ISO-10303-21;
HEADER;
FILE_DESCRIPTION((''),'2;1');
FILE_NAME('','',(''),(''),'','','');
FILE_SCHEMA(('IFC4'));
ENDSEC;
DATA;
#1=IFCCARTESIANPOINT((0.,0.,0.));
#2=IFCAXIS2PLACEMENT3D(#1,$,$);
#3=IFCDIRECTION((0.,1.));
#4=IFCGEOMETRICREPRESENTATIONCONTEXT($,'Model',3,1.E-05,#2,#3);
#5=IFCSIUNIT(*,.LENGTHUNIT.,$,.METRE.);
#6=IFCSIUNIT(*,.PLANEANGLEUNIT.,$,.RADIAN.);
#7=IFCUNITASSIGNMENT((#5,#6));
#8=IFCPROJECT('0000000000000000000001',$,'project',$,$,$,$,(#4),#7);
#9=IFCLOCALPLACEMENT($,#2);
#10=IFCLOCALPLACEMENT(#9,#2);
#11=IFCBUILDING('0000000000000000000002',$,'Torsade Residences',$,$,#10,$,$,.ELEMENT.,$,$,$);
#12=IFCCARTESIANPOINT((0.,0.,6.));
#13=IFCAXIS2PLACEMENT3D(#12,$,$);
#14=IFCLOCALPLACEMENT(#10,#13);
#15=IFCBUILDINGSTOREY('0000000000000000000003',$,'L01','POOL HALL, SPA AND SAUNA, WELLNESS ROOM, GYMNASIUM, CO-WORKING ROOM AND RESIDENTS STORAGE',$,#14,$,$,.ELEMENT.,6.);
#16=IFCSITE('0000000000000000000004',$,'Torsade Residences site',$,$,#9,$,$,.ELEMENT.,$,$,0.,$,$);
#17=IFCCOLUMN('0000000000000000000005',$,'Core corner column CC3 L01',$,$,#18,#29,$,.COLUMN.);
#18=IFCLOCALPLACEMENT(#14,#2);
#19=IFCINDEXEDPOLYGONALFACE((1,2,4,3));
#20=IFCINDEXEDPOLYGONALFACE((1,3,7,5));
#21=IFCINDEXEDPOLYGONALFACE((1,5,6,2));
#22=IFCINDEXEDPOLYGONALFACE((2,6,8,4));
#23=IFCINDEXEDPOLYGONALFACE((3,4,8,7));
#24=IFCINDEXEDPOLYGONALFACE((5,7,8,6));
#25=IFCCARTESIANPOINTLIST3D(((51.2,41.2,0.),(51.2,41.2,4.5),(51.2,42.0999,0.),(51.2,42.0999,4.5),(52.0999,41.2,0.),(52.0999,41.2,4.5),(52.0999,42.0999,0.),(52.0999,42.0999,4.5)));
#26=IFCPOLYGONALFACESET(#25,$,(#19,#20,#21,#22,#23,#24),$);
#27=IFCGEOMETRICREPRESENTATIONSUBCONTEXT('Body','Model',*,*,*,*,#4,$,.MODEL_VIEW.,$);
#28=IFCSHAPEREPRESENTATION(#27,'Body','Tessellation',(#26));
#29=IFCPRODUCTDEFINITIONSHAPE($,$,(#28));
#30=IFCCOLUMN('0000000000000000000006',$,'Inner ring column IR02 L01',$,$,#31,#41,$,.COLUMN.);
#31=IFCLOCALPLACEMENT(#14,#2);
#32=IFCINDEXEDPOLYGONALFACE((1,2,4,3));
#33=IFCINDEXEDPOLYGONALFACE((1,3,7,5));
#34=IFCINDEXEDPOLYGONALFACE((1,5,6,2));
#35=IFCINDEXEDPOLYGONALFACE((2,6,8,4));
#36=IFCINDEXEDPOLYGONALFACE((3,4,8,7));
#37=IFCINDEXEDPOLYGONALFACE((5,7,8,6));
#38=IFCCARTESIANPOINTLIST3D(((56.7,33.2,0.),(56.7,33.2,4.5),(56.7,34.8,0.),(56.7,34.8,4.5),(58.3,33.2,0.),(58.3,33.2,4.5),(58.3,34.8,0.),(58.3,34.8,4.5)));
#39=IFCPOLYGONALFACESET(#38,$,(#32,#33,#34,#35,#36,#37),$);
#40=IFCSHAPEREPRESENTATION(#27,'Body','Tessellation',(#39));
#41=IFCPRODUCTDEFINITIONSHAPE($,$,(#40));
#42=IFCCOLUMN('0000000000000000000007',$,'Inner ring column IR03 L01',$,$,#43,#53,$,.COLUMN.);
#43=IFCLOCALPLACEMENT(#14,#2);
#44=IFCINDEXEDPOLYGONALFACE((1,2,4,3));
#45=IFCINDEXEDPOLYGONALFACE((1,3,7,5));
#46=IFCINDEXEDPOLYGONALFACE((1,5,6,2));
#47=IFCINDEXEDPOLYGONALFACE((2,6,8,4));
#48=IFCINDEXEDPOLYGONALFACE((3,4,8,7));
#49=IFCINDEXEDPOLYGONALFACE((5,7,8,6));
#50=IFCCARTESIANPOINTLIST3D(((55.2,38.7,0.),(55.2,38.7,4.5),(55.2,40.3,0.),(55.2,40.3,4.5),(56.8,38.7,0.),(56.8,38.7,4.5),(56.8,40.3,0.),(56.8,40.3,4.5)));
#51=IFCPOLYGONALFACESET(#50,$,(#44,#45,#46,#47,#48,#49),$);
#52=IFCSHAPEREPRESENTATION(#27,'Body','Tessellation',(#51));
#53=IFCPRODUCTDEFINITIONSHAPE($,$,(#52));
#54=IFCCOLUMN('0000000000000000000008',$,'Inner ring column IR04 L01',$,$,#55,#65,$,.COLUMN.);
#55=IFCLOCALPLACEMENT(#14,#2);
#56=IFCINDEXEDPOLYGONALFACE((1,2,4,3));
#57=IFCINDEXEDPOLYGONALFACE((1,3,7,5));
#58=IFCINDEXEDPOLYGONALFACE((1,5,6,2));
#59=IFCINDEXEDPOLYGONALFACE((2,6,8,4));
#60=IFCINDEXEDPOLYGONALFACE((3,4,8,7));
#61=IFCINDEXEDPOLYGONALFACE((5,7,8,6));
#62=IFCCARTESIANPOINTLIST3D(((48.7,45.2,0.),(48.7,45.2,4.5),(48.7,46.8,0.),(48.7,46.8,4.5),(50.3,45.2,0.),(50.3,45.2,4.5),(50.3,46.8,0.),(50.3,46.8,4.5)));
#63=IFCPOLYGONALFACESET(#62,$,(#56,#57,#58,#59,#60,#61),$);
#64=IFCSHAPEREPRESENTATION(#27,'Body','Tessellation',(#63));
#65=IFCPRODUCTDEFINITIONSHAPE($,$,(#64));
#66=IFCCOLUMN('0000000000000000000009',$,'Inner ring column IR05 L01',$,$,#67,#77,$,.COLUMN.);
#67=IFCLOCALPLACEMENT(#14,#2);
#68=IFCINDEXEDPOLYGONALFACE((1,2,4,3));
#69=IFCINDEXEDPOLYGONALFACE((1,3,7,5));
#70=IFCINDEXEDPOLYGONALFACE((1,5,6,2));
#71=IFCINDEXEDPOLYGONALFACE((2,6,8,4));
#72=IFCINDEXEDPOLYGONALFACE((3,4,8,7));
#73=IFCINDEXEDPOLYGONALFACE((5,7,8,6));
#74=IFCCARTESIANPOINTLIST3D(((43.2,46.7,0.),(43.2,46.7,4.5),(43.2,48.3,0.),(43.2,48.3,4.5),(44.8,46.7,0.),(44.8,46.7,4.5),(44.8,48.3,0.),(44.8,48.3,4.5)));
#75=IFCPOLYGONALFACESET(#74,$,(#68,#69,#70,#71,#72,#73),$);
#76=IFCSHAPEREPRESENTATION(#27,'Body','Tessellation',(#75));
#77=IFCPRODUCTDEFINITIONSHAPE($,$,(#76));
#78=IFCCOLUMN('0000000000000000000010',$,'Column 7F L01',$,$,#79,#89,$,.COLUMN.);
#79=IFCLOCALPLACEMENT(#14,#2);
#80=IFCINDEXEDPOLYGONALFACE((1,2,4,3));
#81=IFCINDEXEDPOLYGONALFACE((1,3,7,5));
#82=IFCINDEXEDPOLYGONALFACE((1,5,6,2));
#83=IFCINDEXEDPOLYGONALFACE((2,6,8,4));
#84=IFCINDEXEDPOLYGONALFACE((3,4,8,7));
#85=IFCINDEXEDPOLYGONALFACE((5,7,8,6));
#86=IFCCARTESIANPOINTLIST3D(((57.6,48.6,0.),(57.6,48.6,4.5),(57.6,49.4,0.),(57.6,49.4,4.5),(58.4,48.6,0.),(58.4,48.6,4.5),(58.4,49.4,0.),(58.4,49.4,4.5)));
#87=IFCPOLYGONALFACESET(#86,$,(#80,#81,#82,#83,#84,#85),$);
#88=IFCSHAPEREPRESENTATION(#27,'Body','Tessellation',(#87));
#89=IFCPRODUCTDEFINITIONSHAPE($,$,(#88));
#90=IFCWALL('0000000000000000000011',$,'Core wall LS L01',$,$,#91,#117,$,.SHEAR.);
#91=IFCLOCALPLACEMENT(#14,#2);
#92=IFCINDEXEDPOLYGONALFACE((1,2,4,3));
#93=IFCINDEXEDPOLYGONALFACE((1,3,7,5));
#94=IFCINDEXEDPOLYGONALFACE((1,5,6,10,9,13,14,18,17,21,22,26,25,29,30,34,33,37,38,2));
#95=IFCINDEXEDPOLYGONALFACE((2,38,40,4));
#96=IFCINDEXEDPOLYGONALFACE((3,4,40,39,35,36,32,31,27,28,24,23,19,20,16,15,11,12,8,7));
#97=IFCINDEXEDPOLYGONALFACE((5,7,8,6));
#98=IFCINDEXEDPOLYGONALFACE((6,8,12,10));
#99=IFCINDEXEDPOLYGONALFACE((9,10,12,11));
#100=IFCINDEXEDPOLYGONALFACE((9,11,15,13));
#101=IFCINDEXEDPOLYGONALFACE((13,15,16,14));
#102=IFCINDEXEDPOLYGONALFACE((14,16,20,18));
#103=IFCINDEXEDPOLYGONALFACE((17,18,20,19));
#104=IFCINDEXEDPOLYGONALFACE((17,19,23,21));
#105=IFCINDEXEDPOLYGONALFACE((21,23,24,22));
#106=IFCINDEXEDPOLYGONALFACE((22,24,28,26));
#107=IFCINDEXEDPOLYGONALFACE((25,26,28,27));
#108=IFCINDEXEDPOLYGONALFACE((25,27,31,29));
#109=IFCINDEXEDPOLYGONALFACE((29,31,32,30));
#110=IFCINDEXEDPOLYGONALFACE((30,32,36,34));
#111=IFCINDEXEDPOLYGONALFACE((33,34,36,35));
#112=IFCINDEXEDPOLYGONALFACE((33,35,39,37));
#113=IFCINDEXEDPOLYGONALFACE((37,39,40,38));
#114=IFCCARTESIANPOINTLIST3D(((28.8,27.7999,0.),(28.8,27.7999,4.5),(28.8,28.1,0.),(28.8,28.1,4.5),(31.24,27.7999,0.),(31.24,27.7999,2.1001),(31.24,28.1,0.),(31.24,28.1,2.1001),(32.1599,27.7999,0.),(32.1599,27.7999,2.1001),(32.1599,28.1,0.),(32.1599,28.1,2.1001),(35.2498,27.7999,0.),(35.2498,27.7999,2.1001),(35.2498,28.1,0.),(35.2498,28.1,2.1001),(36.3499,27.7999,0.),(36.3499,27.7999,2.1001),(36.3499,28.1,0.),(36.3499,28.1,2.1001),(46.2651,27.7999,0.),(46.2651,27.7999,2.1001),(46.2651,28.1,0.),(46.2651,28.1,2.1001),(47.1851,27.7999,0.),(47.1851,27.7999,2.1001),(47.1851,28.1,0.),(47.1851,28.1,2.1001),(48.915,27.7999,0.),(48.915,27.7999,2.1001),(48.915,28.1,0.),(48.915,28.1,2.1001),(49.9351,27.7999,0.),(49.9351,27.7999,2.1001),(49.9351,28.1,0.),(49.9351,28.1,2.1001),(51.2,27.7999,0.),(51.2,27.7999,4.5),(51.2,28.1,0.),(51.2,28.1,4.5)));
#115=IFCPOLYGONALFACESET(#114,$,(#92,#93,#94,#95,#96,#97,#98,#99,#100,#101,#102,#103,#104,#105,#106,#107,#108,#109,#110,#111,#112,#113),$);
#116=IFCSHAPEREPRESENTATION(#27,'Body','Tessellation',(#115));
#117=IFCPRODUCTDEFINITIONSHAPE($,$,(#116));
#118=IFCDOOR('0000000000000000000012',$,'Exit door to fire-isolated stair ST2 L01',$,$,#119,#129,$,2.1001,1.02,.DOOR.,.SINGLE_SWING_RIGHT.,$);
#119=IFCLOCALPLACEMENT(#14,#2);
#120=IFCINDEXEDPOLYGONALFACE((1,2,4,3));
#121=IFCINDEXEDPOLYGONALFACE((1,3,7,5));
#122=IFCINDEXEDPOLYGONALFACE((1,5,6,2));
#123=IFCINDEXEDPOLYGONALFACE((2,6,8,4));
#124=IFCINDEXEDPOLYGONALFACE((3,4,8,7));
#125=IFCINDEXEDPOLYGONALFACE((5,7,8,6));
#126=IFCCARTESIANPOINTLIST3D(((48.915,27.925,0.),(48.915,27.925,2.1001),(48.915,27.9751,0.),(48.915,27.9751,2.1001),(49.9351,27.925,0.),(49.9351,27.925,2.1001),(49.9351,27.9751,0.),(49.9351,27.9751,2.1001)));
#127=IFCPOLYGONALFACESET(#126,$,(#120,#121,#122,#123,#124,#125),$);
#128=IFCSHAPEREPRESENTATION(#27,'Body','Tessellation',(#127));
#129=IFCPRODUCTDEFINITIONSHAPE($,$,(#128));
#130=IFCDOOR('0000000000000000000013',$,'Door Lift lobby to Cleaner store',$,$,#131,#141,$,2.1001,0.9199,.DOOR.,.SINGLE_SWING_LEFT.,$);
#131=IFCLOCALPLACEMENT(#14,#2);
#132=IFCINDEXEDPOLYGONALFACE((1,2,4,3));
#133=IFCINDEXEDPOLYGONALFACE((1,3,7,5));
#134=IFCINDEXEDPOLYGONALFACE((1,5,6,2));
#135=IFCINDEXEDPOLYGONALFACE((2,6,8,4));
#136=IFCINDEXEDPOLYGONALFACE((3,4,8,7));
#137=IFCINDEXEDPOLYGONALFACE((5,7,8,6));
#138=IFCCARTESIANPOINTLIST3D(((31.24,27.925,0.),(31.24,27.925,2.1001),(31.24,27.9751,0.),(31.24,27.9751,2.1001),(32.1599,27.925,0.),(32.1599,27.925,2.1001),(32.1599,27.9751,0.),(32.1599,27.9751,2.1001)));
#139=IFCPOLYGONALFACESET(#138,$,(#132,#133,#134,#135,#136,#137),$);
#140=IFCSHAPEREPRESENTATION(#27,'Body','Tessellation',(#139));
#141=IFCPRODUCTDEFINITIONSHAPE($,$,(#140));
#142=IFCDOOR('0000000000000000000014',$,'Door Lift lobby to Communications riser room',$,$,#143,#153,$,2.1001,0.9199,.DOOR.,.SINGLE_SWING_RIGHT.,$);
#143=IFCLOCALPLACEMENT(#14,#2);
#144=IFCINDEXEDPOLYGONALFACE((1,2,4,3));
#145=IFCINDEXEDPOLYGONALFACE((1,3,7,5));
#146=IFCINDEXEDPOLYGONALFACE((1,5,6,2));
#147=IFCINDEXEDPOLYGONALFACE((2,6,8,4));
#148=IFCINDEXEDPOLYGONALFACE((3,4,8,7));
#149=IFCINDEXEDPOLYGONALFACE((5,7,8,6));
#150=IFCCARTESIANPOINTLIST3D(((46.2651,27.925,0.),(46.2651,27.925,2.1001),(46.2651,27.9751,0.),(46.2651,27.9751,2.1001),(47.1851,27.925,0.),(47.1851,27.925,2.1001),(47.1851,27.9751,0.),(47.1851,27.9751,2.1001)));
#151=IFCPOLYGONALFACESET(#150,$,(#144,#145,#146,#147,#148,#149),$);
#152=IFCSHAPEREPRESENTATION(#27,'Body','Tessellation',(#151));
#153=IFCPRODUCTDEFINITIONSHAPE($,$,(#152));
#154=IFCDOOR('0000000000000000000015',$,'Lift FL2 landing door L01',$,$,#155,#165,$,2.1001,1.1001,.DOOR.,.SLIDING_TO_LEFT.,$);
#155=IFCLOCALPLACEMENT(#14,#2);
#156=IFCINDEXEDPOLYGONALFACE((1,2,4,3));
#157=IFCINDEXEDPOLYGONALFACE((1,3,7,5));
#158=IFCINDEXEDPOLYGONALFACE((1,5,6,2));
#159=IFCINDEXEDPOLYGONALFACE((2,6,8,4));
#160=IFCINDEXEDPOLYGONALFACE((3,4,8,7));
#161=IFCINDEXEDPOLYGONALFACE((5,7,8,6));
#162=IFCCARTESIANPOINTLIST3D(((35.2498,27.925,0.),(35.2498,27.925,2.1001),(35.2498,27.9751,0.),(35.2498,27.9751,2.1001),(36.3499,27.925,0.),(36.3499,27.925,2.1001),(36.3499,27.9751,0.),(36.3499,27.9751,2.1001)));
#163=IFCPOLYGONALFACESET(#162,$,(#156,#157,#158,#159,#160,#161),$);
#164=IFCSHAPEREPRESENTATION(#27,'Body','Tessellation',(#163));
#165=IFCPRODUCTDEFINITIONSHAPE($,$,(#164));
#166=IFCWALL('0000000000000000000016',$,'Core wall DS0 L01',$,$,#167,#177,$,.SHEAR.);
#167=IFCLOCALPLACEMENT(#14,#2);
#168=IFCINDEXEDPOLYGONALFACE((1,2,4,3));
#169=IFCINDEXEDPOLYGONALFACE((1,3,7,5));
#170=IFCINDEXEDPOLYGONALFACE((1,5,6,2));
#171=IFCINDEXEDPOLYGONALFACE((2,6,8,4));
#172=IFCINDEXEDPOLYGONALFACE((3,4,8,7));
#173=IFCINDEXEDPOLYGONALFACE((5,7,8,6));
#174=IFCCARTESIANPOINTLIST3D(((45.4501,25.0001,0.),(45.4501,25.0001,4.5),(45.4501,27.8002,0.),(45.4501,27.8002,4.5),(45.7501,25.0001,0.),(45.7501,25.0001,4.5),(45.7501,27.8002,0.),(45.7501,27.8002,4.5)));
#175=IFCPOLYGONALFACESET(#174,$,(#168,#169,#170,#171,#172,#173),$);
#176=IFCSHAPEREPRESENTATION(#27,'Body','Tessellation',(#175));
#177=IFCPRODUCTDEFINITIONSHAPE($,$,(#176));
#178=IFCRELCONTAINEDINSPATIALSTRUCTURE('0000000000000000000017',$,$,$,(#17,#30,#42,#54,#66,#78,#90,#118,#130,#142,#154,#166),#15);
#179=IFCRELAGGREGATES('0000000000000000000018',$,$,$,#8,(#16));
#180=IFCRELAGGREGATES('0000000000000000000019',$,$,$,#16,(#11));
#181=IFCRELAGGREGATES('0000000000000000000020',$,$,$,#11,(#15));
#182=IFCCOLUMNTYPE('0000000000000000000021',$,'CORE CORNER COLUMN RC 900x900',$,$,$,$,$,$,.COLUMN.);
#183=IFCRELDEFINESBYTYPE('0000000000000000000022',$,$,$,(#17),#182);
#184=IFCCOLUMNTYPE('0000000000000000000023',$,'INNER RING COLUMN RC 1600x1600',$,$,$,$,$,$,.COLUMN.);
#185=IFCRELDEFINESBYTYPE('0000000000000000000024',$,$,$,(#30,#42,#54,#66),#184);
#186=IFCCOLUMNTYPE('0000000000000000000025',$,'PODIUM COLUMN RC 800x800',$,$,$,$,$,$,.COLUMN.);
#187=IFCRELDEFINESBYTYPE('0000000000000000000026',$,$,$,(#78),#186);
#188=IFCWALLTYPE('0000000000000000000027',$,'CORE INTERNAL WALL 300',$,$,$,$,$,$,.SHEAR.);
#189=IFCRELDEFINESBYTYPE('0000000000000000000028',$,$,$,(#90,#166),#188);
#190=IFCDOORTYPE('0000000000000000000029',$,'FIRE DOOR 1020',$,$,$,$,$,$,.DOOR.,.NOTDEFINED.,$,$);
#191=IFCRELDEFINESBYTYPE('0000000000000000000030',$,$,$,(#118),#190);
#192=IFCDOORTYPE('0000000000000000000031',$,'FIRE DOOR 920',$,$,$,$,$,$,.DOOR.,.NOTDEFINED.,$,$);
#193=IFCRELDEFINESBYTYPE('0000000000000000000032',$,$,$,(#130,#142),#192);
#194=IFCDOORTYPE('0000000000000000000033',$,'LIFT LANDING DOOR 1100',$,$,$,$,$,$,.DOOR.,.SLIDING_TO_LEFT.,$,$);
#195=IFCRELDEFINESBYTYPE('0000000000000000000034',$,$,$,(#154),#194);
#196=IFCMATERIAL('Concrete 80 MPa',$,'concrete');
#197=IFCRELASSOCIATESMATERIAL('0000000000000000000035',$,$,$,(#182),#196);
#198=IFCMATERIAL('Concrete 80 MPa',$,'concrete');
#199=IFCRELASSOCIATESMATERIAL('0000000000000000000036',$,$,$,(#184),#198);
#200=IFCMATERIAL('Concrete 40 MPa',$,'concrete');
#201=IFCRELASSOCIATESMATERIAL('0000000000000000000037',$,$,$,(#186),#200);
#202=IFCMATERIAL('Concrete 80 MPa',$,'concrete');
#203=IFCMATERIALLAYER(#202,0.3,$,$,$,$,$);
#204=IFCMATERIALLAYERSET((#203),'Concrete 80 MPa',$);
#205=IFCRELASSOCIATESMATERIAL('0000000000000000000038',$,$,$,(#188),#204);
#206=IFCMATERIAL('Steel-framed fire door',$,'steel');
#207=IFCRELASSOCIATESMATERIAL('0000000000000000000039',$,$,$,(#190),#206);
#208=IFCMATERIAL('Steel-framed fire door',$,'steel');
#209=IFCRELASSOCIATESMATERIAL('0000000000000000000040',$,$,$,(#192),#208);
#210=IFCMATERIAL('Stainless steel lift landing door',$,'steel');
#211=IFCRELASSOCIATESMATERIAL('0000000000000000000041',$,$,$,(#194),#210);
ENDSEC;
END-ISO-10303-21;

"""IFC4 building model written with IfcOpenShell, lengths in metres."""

from ifc_helpers import new_model, si_unit, direction, frame, frame_2d, origin, origin_2d, place, context, subcontext, project, spatial, rectangle, extrude, material, layer, layer_set, material_profile, profile_set, type_object, element, fill, save


model = new_model("IFC4")

# Units and contexts
model_context = context("Model", 3, precision=1e-05, world=origin(), true_north=direction((0.0, 1.0)))
body_context = subcontext(model_context, "Body", "Model", "MODEL_VIEW")
ifc_project = project(units=[si_unit("LENGTHUNIT", "METRE"), si_unit("PLANEANGLEUNIT", "RADIAN")], contexts=[model_context])

# Site, building, storey
site_placement = place(None, origin())
site = spatial("IfcSite", under=ifc_project, at=site_placement, Name="Torsade Residences site", CompositionType="ELEMENT", RefElevation=0.0)
building_placement = place(site_placement, origin())
building = spatial("IfcBuilding", under=site, at=building_placement, Name="Torsade Residences", CompositionType="ELEMENT")
storey_placement = place(building_placement, frame((0.0, 0.0, 6.0)))
storey = spatial("IfcBuildingStorey", under=building, at=storey_placement, Name="L01", Description="POOL HALL, SPA AND SAUNA, WELLNESS ROOM, GYMNASIUM, CO-WORKING ROOM AND RESIDENTS STORAGE", CompositionType="ELEMENT", Elevation=6.0)

# Columns
ifc_material_1 = material(Name="Concrete 80 MPa", Category="concrete")
ifc_material_profile_1 = material_profile(ifc_material_1, rectangle(XDim=0.8999, YDim=0.8999, at=origin_2d()), Name="RC 900x900")
ifc_profile_set_1 = profile_set([ifc_material_profile_1], Name="Concrete 80 MPa")
column_type_1 = type_object("IfcColumnType", Name="CORE CORNER COLUMN RC 900x900", PredefinedType="COLUMN", material=ifc_profile_set_1)
column_1_placement = place(storey_placement, frame((51.6499, 41.6499, 0.0), z_axis=(0.0, 0.0, 1.0), x_axis=(1.0, 0.0, 0.0)))
element("IfcColumn", 1, at=column_1_placement, inside=storey, type_object=column_type_1, Name="Core corner column CC3 L01", PredefinedType="COLUMN", context=body_context, shape_type="SweptSolid", body=[
    extrude(rectangle(XDim=0.8999, YDim=0.8999, at=origin_2d()), origin(), (0.0, 0.0, 1.0), 4.5),
])
ifc_material_2 = material(Name="Concrete 80 MPa", Category="concrete")
ifc_material_profile_2 = material_profile(ifc_material_2, rectangle(XDim=1.6001, YDim=1.6001, at=origin_2d()), Name="RC 1600x1600")
ifc_profile_set_2 = profile_set([ifc_material_profile_2], Name="Concrete 80 MPa")
column_type_2 = type_object("IfcColumnType", Name="INNER RING COLUMN RC 1600x1600", PredefinedType="COLUMN", material=ifc_profile_set_2)
for number, where, z_axis, x_axis, name in (
    (2, (57.5, 34.0, 0.0), (0.0, 0.0, 1.0), (1.0, 0.0, 0.0), "Inner ring column IR02 L01"),
    (3, (56.0, 39.5, 0.0), (0.0, 0.0, 1.0), (1.0, 0.0, 0.0), "Inner ring column IR03 L01"),
    (4, (49.5, 46.0, 0.0), (0.0, 0.0, 1.0), (1.0, 0.0, 0.0), "Inner ring column IR04 L01"),
    (5, (44.0, 47.5, 0.0), (0.0, 0.0, 1.0), (1.0, 0.0, 0.0), "Inner ring column IR05 L01"),
):
    element("IfcColumn", number, at=place(storey_placement, frame(where, z_axis=z_axis, x_axis=x_axis)), inside=storey, type_object=column_type_2, Name=name, PredefinedType="COLUMN", context=body_context, shape_type="SweptSolid", body=[
        extrude(rectangle(XDim=1.6001, YDim=1.6001, at=origin_2d()), origin(), (0.0, 0.0, 1.0), 4.5),
    ])
ifc_material_3 = material(Name="Concrete 40 MPa", Category="concrete")
ifc_material_profile_3 = material_profile(ifc_material_3, rectangle(XDim=0.8, YDim=0.8, at=origin_2d()), Name="RC 800x800")
ifc_profile_set_3 = profile_set([ifc_material_profile_3], Name="Concrete 40 MPa")
column_type_3 = type_object("IfcColumnType", Name="PODIUM COLUMN RC 800x800", PredefinedType="COLUMN", material=ifc_profile_set_3)
column_2_placement = place(storey_placement, frame((58.0, 49.0, 0.0), z_axis=(0.0, 0.0, 1.0), x_axis=(1.0, 0.0, 0.0)))
element("IfcColumn", 6, at=column_2_placement, inside=storey, type_object=column_type_3, Name="Column 7F L01", PredefinedType="COLUMN", context=body_context, shape_type="SweptSolid", body=[
    extrude(rectangle(XDim=0.8, YDim=0.8, at=origin_2d()), origin(), (0.0, 0.0, 1.0), 4.5),
])

# Wall, openings, doors
ifc_material_4 = material(Name="Concrete 80 MPa", Category="concrete")
ifc_layer_1 = layer(ifc_material_4, 0.3)
ifc_layer_set_1 = layer_set([ifc_layer_1], Name="Concrete 80 MPa")
wall_type_1 = type_object("IfcWallType", Name="CORE INTERNAL WALL 300", PredefinedType="SHEAR", material=ifc_layer_set_1)
wall_1_placement = place(storey_placement, frame((51.2, 27.95, 0.0), z_axis=(0.0, 0.0, 1.0), x_axis=(-1.0, 0.0, 0.0)))
wall_1 = element("IfcWall", 7, at=wall_1_placement, inside=storey, type_object=wall_type_1, Name="Core wall LS L01", PredefinedType="SHEAR", context=body_context, shape_type="SweptSolid", body=[
    extrude(rectangle(XDim=22.3999, YDim=0.3, at=frame_2d((11.2, 0.0))), origin(), (0.0, 0.0, 1.0), 4.5),
])
opening_1_placement = place(wall_1_placement, frame((19.04, 0.0, 0.0)))
opening_1 = element("IfcOpeningElement", 8, at=opening_1_placement, cuts=wall_1, PredefinedType="OPENING", context=body_context, shape_type="SweptSolid", body=[
    extrude(rectangle(XDim=0.9199, YDim=2.1001, at=frame_2d((0.46, 1.05))), frame((0.0, 0.1599, 0.0), z_axis=(0.0, -1.0, 0.0), x_axis=(1.0, 0.0, 0.0)), (0.0, 0.0, 1.0), 0.3201),
])
opening_2_placement = place(wall_1_placement, frame((1.2649, 0.0, 0.0)))
opening_2 = element("IfcOpeningElement", 9, at=opening_2_placement, cuts=wall_1, PredefinedType="OPENING", context=body_context, shape_type="SweptSolid", body=[
    extrude(rectangle(XDim=1.02, YDim=2.1001, at=frame_2d((0.51, 1.05))), frame((0.0, 0.1599, 0.0), z_axis=(0.0, -1.0, 0.0), x_axis=(1.0, 0.0, 0.0)), (0.0, 0.0, 1.0), 0.3201),
])
opening_3_placement = place(wall_1_placement, frame((4.0149, 0.0, 0.0)))
opening_3 = element("IfcOpeningElement", 10, at=opening_3_placement, cuts=wall_1, PredefinedType="OPENING", context=body_context, shape_type="SweptSolid", body=[
    extrude(rectangle(XDim=0.9199, YDim=2.1001, at=frame_2d((0.46, 1.05))), frame((0.0, 0.1599, 0.0), z_axis=(0.0, -1.0, 0.0), x_axis=(1.0, 0.0, 0.0)), (0.0, 0.0, 1.0), 0.3201),
])
opening_4_placement = place(wall_1_placement, frame((14.8501, 0.0, 0.0)))
opening_4 = element("IfcOpeningElement", 11, at=opening_4_placement, cuts=wall_1, PredefinedType="OPENING", context=body_context, shape_type="SweptSolid", body=[
    extrude(rectangle(XDim=1.1001, YDim=2.1001, at=frame_2d((0.55, 1.05))), frame((0.0, 0.1599, 0.0), z_axis=(0.0, -1.0, 0.0), x_axis=(1.0, 0.0, 0.0)), (0.0, 0.0, 1.0), 0.3201),
])
ifc_material_5 = material(Name="Steel-framed fire door", Category="steel")
door_type_1 = type_object("IfcDoorType", Name="FIRE DOOR 1020", OperationType="NOTDEFINED", PredefinedType="DOOR", material=ifc_material_5)
door_1_placement = place(opening_2_placement, origin())
door_1 = element("IfcDoor", 12, at=door_1_placement, inside=storey, type_object=door_type_1, Name="Exit door to fire-isolated stair ST2 L01", OperationType="SINGLE_SWING_RIGHT", OverallHeight=2.1001, OverallWidth=1.02, PredefinedType="DOOR", context=body_context, shape_type="SweptSolid", body=[
    extrude(rectangle(XDim=1.02, YDim=2.1001, at=frame_2d((0.51, 1.05))), frame((0.0, 0.0249, 0.0), z_axis=(0.0, -1.0, 0.0), x_axis=(1.0, 0.0, 0.0)), (0.0, 0.0, 1.0), 0.05),
])
fill(opening_2, door_1)
ifc_material_6 = material(Name="Steel-framed fire door", Category="steel")
door_type_2 = type_object("IfcDoorType", Name="FIRE DOOR 920", OperationType="NOTDEFINED", PredefinedType="DOOR", material=ifc_material_6)
door_2_placement = place(opening_1_placement, origin())
door_2 = element("IfcDoor", 13, at=door_2_placement, inside=storey, type_object=door_type_2, Name="Door Lift lobby to Cleaner store", OperationType="SINGLE_SWING_LEFT", OverallHeight=2.1001, OverallWidth=0.9199, PredefinedType="DOOR", context=body_context, shape_type="SweptSolid", body=[
    extrude(rectangle(XDim=0.9199, YDim=2.1001, at=frame_2d((0.46, 1.05))), frame((0.0, 0.0249, 0.0), z_axis=(0.0, -1.0, 0.0), x_axis=(1.0, 0.0, 0.0)), (0.0, 0.0, 1.0), 0.05),
])
fill(opening_1, door_2)
door_3_placement = place(opening_3_placement, origin())
door_3 = element("IfcDoor", 14, at=door_3_placement, inside=storey, type_object=door_type_2, Name="Door Lift lobby to Communications riser room", OperationType="SINGLE_SWING_RIGHT", OverallHeight=2.1001, OverallWidth=0.9199, PredefinedType="DOOR", context=body_context, shape_type="SweptSolid", body=[
    extrude(rectangle(XDim=0.9199, YDim=2.1001, at=frame_2d((0.46, 1.05))), frame((0.0, 0.0249, 0.0), z_axis=(0.0, -1.0, 0.0), x_axis=(1.0, 0.0, 0.0)), (0.0, 0.0, 1.0), 0.05),
])
fill(opening_3, door_3)
ifc_material_7 = material(Name="Stainless steel lift landing door", Category="steel")
door_type_3 = type_object("IfcDoorType", Name="LIFT LANDING DOOR 1100", OperationType="SLIDING_TO_LEFT", PredefinedType="DOOR", material=ifc_material_7)
door_4_placement = place(opening_4_placement, origin())
door_4 = element("IfcDoor", 15, at=door_4_placement, inside=storey, type_object=door_type_3, Name="Lift FL2 landing door L01", OperationType="SLIDING_TO_LEFT", OverallHeight=2.1001, OverallWidth=1.1001, PredefinedType="DOOR", context=body_context, shape_type="SweptSolid", body=[
    extrude(rectangle(XDim=1.1001, YDim=2.1001, at=frame_2d((0.55, 1.05))), frame((0.0, 0.0249, 0.0), z_axis=(0.0, -1.0, 0.0), x_axis=(1.0, 0.0, 0.0)), (0.0, 0.0, 1.0), 0.05),
])
fill(opening_4, door_4)

# Wall
for number, where, z_axis, x_axis, name in (
    (16, (45.6001, 27.8, 0.0), (0.0, 0.0, 1.0), (0.0, -1.0, 0.0), "Core wall DS0 L01"),
):
    element("IfcWall", number, at=place(storey_placement, frame(where, z_axis=z_axis, x_axis=x_axis)), inside=storey, type_object=wall_type_1, Name=name, PredefinedType="SHEAR", context=body_context, shape_type="SweptSolid", body=[
        extrude(rectangle(XDim=2.8, YDim=0.3, at=frame_2d((1.3999, 0.0))), origin(), (0.0, 0.0, 1.0), 4.5),
    ])

save(model, "model.ifc")
